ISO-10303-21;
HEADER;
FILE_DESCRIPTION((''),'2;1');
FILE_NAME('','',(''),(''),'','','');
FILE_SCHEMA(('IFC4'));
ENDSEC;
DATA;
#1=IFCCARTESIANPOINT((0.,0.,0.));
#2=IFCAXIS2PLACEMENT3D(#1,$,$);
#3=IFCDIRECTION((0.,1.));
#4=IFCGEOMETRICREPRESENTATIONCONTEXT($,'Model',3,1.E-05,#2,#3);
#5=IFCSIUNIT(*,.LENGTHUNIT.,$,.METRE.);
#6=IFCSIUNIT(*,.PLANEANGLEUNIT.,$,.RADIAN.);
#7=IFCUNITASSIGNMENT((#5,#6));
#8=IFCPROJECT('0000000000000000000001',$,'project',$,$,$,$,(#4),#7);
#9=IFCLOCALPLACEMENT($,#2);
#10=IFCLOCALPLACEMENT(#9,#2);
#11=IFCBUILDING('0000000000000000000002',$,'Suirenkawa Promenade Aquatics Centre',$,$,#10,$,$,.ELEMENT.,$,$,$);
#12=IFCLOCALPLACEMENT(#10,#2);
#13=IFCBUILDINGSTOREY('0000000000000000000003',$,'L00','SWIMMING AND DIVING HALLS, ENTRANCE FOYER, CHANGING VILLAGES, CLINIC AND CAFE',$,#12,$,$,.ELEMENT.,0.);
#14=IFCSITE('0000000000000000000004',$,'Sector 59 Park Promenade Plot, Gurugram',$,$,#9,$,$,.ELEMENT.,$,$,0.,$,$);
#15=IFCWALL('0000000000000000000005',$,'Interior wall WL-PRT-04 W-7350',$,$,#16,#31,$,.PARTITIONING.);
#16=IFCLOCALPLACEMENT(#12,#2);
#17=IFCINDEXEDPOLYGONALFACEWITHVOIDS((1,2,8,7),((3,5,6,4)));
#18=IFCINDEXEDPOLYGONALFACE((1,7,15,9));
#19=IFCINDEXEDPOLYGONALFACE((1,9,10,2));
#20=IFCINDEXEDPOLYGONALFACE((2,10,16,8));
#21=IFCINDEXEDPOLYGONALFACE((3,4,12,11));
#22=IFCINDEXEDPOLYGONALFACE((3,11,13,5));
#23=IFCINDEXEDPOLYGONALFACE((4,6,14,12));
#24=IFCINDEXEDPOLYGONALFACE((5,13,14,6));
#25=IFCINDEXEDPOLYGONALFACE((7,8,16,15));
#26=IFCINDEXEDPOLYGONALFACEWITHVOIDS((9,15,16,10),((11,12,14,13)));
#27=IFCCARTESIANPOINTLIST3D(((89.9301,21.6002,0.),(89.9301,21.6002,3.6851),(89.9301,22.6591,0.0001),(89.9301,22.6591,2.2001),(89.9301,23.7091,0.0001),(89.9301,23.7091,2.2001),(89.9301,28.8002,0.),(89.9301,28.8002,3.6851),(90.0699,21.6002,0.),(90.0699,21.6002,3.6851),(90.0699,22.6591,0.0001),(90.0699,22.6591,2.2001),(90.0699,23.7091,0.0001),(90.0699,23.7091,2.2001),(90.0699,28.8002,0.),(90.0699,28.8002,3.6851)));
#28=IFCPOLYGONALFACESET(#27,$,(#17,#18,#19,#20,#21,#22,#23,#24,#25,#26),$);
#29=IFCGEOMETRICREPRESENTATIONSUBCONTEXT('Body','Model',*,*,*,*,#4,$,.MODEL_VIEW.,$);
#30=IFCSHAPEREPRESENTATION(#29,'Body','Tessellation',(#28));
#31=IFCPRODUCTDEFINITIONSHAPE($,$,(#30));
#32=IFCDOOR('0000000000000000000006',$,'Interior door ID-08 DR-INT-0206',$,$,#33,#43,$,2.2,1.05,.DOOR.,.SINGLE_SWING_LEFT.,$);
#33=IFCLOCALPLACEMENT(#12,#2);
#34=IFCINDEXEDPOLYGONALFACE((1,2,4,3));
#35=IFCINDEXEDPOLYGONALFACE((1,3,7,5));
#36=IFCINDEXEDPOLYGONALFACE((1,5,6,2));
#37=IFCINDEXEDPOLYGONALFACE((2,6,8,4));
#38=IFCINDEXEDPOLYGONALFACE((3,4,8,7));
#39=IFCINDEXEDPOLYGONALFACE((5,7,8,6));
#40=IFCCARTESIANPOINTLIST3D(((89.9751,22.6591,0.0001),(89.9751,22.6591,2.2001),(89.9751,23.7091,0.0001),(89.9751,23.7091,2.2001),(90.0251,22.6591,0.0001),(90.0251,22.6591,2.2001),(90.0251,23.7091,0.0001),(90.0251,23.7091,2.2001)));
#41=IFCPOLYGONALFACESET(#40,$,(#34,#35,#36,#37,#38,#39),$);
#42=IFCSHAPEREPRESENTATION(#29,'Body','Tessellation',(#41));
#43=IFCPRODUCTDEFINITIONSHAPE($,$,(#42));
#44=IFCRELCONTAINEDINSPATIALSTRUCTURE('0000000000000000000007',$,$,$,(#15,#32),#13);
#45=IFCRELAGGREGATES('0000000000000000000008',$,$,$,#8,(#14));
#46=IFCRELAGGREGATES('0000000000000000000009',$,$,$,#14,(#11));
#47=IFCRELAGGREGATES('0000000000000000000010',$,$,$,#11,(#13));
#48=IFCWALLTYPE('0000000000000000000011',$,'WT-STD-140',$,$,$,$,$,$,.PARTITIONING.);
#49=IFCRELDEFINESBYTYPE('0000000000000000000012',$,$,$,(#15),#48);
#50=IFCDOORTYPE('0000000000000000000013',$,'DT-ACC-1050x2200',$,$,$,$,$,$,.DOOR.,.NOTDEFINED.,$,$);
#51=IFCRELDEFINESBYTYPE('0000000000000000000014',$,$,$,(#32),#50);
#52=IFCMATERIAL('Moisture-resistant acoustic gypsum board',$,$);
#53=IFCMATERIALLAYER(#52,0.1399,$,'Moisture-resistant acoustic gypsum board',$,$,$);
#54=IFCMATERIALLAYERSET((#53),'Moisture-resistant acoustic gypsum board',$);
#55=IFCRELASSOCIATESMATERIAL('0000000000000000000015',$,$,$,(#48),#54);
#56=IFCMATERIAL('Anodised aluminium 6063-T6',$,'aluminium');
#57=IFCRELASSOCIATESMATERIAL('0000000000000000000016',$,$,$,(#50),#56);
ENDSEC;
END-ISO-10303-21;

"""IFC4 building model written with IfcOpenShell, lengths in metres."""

from ifc_helpers import new_model, si_unit, direction, frame, frame_2d, origin, place, context, subcontext, project, spatial, rectangle, extrude, material, layer, layer_set, type_object, element, fill, save


model = new_model("IFC4")

# Units and contexts
model_context = context("Model", 3, precision=1e-05, world=origin(), true_north=direction((0.0, 1.0)))
body_context = subcontext(model_context, "Body", "Model", "MODEL_VIEW")
ifc_project = project(units=[si_unit("LENGTHUNIT", "METRE"), si_unit("PLANEANGLEUNIT", "RADIAN")], contexts=[model_context])

# Site, building, storey
site_placement = place(None, origin())
site = spatial("IfcSite", under=ifc_project, at=site_placement, Name="Sector 59 Park Promenade Plot, Gurugram", CompositionType="ELEMENT", RefElevation=0.0)
building_placement = place(site_placement, origin())
building = spatial("IfcBuilding", under=site, at=building_placement, Name="Suirenkawa Promenade Aquatics Centre", CompositionType="ELEMENT")
storey_placement = place(building_placement, origin())
storey = spatial("IfcBuildingStorey", under=building, at=storey_placement, Name="L00", Description="SWIMMING AND DIVING HALLS, ENTRANCE FOYER, CHANGING VILLAGES, CLINIC AND CAFE", CompositionType="ELEMENT", Elevation=0.0)

# Shared definitions
ifc_material_1 = material(Name="Anodised aluminium 6063-T6", Category="aluminium")

# Shared definitions
ifc_material_2 = material(Name="Moisture-resistant acoustic gypsum board")

# Shared definitions
ifc_layer_1 = layer(ifc_material_2, 0.1399, Name="Moisture-resistant acoustic gypsum board")
ifc_layer_set_1 = layer_set([ifc_layer_1], Name="Moisture-resistant acoustic gypsum board")
wall_type_1 = type_object("IfcWallType", Name="WT-STD-140", PredefinedType="PARTITIONING", material=ifc_layer_set_1)

# Wall, opening, door
wall_1_placement = place(storey_placement, frame((90.0, 21.6001, 0.0), z_axis=(0.0, 0.0, 1.0), x_axis=(0.0, 1.0, 0.0)))
wall_1 = element("IfcWall", 1, at=wall_1_placement, inside=storey, type_object=wall_type_1, Name="Interior wall WL-PRT-04 W-7350", PredefinedType="PARTITIONING", context=body_context, shape_type="SweptSolid", body=[
    extrude(rectangle(XDim=7.2, YDim=0.1399, at=frame_2d((3.6001, 0.0))), origin(), (0.0, 0.0, 1.0), 3.6851),
])
opening_1_placement = place(wall_1_placement, frame((1.0591, 0.0, 0.0)))
opening_1 = element("IfcOpeningElement", 2, at=opening_1_placement, cuts=wall_1, PredefinedType="OPENING", context=body_context, shape_type="SweptSolid", body=[
    extrude(rectangle(XDim=1.05, YDim=2.2, at=frame_2d((0.5249, 1.1001))), frame((0.0, 0.0798, 0.0), z_axis=(0.0, -1.0, 0.0), x_axis=(1.0, 0.0, 0.0)), (0.0, 0.0, 1.0), 0.1599),
])
door_type_1 = type_object("IfcDoorType", Name="DT-ACC-1050x2200", OperationType="NOTDEFINED", PredefinedType="DOOR", material=ifc_material_1)
door_1_placement = place(opening_1_placement, origin())
door_1 = element("IfcDoor", 3, at=door_1_placement, inside=storey, type_object=door_type_1, Name="Interior door ID-08 DR-INT-0206", OperationType="SINGLE_SWING_LEFT", OverallHeight=2.2, OverallWidth=1.05, PredefinedType="DOOR", context=body_context, shape_type="SweptSolid", body=[
    extrude(rectangle(XDim=1.05, YDim=2.2, at=frame_2d((0.5249, 1.1001))), frame((0.0, 0.0249, 0.0), z_axis=(0.0, -1.0, 0.0), x_axis=(1.0, 0.0, 0.0)), (0.0, 0.0, 1.0), 0.05),
])
fill(opening_1, door_1)

save(model, "model.ifc")
